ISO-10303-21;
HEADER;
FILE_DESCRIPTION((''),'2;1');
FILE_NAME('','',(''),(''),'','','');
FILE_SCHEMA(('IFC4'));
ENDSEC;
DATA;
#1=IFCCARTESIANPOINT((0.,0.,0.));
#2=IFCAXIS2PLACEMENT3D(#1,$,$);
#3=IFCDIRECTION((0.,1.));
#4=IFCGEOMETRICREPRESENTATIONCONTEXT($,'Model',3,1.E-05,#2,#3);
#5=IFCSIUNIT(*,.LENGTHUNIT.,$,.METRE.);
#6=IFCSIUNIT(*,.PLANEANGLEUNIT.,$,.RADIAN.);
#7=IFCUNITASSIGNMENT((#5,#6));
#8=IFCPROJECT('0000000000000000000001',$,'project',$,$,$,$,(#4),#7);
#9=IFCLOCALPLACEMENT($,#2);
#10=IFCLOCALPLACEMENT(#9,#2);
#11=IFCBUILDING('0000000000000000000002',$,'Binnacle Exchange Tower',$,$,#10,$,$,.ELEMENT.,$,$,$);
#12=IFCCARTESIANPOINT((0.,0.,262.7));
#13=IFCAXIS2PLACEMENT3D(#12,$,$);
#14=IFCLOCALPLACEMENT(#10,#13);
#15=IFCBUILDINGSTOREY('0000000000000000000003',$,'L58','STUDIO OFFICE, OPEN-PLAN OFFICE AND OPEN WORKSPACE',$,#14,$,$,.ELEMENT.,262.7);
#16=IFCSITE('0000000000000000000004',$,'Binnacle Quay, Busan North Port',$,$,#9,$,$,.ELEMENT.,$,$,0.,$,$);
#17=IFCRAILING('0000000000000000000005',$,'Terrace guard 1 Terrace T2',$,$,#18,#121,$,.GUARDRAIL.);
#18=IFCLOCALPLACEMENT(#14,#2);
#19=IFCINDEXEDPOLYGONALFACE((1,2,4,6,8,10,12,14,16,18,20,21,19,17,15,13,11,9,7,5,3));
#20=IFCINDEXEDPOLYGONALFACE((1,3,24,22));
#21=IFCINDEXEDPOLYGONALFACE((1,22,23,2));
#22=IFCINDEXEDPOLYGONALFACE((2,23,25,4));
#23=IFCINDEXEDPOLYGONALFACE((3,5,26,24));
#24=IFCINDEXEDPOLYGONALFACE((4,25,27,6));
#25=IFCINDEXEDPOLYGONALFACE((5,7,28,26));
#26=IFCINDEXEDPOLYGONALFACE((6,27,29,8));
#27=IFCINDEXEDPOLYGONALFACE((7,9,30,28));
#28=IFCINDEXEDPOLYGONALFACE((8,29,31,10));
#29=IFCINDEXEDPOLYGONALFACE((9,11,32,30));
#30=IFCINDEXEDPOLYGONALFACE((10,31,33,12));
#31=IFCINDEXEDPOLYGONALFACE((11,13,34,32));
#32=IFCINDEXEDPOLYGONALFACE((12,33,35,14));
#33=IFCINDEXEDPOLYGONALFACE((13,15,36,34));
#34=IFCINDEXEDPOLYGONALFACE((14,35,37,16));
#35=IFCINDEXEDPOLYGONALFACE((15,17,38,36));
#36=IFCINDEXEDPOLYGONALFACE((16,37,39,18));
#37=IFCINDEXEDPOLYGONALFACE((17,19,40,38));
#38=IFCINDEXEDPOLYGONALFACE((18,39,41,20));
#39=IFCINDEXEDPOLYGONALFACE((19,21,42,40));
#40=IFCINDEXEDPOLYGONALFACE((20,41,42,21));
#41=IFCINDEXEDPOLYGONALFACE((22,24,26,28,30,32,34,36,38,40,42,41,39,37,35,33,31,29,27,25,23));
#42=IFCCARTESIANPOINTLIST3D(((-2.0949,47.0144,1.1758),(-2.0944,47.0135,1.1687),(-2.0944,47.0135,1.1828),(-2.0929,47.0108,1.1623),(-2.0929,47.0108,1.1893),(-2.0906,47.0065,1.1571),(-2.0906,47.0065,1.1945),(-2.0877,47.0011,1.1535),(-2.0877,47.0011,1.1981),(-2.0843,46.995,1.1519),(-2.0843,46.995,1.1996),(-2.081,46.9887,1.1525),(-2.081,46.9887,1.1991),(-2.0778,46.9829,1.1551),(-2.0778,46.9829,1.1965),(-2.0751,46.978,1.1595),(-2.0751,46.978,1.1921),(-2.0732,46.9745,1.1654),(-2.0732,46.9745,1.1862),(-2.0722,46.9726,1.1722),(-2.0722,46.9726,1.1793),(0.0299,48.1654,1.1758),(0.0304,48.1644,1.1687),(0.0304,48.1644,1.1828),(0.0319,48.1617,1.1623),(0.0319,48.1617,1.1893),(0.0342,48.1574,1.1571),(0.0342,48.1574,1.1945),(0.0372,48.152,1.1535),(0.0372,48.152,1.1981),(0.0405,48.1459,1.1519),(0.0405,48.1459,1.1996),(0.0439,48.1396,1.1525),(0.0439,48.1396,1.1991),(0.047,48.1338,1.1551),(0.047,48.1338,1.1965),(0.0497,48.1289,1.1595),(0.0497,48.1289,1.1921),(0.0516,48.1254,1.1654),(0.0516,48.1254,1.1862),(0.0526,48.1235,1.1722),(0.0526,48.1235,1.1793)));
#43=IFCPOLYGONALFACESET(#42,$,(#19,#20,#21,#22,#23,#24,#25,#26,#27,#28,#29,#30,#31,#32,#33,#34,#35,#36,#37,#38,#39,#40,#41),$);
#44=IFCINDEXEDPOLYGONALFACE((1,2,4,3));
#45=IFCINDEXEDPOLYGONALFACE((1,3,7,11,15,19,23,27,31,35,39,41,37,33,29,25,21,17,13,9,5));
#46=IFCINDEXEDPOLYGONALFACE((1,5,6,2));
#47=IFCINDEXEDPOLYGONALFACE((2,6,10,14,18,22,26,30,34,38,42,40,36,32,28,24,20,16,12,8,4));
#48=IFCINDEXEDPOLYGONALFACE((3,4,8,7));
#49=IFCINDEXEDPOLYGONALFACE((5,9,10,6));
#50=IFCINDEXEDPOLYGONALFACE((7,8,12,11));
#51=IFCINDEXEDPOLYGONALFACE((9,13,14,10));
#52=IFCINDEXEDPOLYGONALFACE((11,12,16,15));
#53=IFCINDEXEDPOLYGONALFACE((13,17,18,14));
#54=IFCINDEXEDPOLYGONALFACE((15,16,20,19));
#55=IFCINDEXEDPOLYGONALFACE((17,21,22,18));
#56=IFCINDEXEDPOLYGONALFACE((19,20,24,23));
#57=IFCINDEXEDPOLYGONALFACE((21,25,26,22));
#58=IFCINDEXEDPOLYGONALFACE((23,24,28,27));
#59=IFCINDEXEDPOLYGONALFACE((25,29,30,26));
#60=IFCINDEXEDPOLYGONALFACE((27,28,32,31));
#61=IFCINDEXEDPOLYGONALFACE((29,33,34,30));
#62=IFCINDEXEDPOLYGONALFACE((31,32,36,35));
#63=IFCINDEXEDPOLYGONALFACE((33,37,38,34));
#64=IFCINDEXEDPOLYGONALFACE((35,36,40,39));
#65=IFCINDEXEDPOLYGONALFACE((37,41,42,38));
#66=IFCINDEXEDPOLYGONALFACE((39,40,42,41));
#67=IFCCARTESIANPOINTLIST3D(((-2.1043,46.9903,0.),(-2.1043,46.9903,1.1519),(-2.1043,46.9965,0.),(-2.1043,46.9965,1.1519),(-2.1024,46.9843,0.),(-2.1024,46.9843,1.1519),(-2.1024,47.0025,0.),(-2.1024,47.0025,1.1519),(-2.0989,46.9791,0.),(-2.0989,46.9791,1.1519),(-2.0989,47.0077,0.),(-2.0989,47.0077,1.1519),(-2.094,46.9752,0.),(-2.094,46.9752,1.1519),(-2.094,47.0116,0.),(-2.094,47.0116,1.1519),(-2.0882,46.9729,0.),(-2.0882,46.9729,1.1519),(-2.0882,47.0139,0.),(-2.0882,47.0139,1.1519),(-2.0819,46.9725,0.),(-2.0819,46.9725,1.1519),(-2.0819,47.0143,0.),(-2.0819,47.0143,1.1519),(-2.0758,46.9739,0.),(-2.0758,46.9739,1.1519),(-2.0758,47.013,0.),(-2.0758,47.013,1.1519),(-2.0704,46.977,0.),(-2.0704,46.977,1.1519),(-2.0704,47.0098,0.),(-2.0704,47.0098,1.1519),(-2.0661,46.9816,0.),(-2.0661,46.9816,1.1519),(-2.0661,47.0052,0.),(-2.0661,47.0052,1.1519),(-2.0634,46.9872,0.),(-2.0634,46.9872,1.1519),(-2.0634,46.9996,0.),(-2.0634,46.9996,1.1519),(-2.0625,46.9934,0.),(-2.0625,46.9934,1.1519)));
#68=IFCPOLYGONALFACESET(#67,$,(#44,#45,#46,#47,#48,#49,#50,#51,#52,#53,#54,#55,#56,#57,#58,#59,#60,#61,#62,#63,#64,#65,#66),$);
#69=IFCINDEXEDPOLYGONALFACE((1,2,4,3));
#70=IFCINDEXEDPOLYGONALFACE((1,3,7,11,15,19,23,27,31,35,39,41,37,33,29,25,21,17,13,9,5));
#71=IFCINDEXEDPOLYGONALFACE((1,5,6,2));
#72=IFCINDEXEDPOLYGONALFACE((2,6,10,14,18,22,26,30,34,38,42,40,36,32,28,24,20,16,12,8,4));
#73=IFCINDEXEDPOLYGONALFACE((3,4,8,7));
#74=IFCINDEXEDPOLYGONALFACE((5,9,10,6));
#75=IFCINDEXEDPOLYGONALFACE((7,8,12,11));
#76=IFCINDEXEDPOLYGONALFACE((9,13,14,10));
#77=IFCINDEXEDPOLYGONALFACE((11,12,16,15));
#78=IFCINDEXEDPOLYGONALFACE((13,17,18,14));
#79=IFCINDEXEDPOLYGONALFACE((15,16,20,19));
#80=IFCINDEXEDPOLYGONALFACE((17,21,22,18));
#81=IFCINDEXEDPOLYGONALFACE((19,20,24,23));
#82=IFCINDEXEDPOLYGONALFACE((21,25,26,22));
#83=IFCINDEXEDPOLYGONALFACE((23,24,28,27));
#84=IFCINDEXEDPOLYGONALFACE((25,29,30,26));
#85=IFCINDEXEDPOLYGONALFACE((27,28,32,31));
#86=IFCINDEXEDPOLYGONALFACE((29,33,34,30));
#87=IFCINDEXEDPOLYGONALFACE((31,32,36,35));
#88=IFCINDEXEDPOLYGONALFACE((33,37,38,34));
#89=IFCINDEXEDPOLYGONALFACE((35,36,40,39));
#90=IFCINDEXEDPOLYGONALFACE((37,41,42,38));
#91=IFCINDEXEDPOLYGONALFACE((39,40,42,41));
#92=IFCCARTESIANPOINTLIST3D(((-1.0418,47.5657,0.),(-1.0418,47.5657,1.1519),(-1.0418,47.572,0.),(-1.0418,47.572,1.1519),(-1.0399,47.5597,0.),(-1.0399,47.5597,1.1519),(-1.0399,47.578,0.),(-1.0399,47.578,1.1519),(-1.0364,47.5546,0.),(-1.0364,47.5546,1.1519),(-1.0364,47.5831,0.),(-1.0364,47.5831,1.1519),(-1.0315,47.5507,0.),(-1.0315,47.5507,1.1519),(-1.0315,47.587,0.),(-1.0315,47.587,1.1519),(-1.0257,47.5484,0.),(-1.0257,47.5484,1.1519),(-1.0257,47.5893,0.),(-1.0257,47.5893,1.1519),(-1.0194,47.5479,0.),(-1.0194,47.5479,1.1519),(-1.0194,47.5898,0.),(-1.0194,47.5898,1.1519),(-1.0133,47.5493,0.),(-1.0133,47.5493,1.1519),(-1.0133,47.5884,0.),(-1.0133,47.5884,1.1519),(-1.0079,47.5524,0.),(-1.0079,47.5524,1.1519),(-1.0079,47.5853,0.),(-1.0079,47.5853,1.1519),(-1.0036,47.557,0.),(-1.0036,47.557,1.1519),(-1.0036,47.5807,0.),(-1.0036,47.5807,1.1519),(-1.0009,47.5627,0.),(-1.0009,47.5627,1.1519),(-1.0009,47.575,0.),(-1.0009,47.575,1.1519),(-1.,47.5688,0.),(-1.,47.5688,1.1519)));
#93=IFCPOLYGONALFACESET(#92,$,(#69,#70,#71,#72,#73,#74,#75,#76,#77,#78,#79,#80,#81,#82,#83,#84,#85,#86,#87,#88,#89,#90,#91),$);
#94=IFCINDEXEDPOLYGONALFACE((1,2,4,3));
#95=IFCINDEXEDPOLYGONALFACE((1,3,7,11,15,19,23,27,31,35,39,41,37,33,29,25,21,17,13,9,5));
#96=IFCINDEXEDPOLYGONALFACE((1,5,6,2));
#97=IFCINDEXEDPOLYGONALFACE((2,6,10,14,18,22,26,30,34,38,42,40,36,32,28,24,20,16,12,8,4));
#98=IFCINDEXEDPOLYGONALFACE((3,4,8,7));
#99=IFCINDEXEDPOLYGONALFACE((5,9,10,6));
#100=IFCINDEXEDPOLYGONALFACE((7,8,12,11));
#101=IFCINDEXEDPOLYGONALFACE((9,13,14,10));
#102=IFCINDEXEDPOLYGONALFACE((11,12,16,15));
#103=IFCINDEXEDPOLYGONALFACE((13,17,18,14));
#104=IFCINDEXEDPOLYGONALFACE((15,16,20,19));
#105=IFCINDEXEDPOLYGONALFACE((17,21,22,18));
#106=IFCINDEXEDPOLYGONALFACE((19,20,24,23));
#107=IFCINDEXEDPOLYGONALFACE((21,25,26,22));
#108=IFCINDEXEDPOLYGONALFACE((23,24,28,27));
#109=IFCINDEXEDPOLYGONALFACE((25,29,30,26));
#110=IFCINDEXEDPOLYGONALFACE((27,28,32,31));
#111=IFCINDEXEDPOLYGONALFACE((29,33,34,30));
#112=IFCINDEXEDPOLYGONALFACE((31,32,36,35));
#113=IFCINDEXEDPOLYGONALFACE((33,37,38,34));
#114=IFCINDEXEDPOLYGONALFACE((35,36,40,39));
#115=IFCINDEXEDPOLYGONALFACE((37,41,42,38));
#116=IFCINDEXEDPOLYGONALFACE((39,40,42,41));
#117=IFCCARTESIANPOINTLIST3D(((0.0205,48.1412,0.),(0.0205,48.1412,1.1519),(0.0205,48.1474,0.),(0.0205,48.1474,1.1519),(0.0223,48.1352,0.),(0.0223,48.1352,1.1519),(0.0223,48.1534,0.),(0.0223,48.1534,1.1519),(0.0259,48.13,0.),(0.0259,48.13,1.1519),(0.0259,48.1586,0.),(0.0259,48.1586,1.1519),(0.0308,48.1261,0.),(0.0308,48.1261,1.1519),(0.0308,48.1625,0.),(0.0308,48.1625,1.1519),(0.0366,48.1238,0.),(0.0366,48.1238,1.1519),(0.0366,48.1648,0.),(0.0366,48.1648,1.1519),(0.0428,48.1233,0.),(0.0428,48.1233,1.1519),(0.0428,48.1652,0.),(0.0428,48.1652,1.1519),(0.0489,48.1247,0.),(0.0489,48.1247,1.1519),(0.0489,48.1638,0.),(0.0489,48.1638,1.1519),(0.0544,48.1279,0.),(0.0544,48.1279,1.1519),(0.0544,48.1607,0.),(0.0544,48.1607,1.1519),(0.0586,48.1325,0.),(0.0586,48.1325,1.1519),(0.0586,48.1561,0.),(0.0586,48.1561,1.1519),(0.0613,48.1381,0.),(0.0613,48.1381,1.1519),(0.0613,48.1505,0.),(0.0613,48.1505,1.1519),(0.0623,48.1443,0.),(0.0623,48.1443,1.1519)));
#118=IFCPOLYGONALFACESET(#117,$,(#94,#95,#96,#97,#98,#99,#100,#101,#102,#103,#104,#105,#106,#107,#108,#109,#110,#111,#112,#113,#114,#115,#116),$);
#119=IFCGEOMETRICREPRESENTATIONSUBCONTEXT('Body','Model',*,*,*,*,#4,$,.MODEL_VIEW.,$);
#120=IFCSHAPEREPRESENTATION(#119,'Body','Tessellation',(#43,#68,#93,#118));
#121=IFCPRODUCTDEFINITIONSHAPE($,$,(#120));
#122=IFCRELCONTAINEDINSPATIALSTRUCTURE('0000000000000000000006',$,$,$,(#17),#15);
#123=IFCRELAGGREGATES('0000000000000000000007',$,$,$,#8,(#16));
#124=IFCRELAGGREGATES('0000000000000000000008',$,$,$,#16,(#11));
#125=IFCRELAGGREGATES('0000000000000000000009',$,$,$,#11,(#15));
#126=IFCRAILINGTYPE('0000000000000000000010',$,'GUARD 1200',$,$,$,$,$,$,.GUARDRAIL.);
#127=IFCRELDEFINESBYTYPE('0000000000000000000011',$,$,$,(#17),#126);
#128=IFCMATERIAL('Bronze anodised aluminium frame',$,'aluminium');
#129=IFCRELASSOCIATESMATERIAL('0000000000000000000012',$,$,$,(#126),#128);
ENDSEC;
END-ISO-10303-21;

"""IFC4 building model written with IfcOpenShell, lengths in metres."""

from ifc_helpers import new_model, si_unit, direction, frame, origin, origin_2d, place, context, subcontext, project, spatial, circle, extrude, material, type_object, element, save


model = new_model("IFC4")

# Units and contexts
model_context = context("Model", 3, precision=1e-05, world=origin(), true_north=direction((0.0, 1.0)))
body_context = subcontext(model_context, "Body", "Model", "MODEL_VIEW")
ifc_project = project(units=[si_unit("LENGTHUNIT", "METRE"), si_unit("PLANEANGLEUNIT", "RADIAN")], contexts=[model_context])

# Site, building, storey
site_placement = place(None, origin())
site = spatial("IfcSite", under=ifc_project, at=site_placement, Name="Binnacle Quay, Busan North Port", CompositionType="ELEMENT", RefElevation=0.0)
building_placement = place(site_placement, origin())
building = spatial("IfcBuilding", under=site, at=building_placement, Name="Binnacle Exchange Tower", CompositionType="ELEMENT")
storey_placement = place(building_placement, frame((0.0, 0.0, 262.7)))
storey = spatial("IfcBuildingStorey", under=building, at=storey_placement, Name="L58", Description="STUDIO OFFICE, OPEN-PLAN OFFICE AND OPEN WORKSPACE", CompositionType="ELEMENT", Elevation=262.7)

# Shared definitions
ifc_material_1 = material(Name="Bronze anodised aluminium frame", Category="aluminium")

# Railing
railing_type = type_object("IfcRailingType", Name="GUARD 1200", PredefinedType="GUARDRAIL", material=ifc_material_1)
railing_1_placement = place(storey_placement, frame((-2.0835, 46.9934, 0.0)))
element("IfcRailing", 1, at=railing_1_placement, inside=storey, type_object=railing_type, Name="Terrace guard 1 Terrace T2", PredefinedType="GUARDRAIL", context=body_context, shape_type="SweptSolid", body=[
    extrude(circle(Radius=0.0239, at=origin_2d()), frame((0.0, 0.0, 1.1758), z_axis=(0.879297, 0.476273, 0.0), x_axis=(-0.476273, 0.879297, 0.0)), (0.0, 0.0, 1.0), 2.4165),
    extrude(circle(Radius=0.021, at=origin_2d()), origin(), (0.0, 0.0, 1.0), 1.1519),
    extrude(circle(Radius=0.021, at=origin_2d()), frame((1.0625, 0.5754, 0.0)), (0.0, 0.0, 1.0), 1.1519),
    extrude(circle(Radius=0.021, at=origin_2d()), frame((2.1248, 1.1509, 0.0)), (0.0, 0.0, 1.0), 1.1519),
])

save(model, "model.ifc")
